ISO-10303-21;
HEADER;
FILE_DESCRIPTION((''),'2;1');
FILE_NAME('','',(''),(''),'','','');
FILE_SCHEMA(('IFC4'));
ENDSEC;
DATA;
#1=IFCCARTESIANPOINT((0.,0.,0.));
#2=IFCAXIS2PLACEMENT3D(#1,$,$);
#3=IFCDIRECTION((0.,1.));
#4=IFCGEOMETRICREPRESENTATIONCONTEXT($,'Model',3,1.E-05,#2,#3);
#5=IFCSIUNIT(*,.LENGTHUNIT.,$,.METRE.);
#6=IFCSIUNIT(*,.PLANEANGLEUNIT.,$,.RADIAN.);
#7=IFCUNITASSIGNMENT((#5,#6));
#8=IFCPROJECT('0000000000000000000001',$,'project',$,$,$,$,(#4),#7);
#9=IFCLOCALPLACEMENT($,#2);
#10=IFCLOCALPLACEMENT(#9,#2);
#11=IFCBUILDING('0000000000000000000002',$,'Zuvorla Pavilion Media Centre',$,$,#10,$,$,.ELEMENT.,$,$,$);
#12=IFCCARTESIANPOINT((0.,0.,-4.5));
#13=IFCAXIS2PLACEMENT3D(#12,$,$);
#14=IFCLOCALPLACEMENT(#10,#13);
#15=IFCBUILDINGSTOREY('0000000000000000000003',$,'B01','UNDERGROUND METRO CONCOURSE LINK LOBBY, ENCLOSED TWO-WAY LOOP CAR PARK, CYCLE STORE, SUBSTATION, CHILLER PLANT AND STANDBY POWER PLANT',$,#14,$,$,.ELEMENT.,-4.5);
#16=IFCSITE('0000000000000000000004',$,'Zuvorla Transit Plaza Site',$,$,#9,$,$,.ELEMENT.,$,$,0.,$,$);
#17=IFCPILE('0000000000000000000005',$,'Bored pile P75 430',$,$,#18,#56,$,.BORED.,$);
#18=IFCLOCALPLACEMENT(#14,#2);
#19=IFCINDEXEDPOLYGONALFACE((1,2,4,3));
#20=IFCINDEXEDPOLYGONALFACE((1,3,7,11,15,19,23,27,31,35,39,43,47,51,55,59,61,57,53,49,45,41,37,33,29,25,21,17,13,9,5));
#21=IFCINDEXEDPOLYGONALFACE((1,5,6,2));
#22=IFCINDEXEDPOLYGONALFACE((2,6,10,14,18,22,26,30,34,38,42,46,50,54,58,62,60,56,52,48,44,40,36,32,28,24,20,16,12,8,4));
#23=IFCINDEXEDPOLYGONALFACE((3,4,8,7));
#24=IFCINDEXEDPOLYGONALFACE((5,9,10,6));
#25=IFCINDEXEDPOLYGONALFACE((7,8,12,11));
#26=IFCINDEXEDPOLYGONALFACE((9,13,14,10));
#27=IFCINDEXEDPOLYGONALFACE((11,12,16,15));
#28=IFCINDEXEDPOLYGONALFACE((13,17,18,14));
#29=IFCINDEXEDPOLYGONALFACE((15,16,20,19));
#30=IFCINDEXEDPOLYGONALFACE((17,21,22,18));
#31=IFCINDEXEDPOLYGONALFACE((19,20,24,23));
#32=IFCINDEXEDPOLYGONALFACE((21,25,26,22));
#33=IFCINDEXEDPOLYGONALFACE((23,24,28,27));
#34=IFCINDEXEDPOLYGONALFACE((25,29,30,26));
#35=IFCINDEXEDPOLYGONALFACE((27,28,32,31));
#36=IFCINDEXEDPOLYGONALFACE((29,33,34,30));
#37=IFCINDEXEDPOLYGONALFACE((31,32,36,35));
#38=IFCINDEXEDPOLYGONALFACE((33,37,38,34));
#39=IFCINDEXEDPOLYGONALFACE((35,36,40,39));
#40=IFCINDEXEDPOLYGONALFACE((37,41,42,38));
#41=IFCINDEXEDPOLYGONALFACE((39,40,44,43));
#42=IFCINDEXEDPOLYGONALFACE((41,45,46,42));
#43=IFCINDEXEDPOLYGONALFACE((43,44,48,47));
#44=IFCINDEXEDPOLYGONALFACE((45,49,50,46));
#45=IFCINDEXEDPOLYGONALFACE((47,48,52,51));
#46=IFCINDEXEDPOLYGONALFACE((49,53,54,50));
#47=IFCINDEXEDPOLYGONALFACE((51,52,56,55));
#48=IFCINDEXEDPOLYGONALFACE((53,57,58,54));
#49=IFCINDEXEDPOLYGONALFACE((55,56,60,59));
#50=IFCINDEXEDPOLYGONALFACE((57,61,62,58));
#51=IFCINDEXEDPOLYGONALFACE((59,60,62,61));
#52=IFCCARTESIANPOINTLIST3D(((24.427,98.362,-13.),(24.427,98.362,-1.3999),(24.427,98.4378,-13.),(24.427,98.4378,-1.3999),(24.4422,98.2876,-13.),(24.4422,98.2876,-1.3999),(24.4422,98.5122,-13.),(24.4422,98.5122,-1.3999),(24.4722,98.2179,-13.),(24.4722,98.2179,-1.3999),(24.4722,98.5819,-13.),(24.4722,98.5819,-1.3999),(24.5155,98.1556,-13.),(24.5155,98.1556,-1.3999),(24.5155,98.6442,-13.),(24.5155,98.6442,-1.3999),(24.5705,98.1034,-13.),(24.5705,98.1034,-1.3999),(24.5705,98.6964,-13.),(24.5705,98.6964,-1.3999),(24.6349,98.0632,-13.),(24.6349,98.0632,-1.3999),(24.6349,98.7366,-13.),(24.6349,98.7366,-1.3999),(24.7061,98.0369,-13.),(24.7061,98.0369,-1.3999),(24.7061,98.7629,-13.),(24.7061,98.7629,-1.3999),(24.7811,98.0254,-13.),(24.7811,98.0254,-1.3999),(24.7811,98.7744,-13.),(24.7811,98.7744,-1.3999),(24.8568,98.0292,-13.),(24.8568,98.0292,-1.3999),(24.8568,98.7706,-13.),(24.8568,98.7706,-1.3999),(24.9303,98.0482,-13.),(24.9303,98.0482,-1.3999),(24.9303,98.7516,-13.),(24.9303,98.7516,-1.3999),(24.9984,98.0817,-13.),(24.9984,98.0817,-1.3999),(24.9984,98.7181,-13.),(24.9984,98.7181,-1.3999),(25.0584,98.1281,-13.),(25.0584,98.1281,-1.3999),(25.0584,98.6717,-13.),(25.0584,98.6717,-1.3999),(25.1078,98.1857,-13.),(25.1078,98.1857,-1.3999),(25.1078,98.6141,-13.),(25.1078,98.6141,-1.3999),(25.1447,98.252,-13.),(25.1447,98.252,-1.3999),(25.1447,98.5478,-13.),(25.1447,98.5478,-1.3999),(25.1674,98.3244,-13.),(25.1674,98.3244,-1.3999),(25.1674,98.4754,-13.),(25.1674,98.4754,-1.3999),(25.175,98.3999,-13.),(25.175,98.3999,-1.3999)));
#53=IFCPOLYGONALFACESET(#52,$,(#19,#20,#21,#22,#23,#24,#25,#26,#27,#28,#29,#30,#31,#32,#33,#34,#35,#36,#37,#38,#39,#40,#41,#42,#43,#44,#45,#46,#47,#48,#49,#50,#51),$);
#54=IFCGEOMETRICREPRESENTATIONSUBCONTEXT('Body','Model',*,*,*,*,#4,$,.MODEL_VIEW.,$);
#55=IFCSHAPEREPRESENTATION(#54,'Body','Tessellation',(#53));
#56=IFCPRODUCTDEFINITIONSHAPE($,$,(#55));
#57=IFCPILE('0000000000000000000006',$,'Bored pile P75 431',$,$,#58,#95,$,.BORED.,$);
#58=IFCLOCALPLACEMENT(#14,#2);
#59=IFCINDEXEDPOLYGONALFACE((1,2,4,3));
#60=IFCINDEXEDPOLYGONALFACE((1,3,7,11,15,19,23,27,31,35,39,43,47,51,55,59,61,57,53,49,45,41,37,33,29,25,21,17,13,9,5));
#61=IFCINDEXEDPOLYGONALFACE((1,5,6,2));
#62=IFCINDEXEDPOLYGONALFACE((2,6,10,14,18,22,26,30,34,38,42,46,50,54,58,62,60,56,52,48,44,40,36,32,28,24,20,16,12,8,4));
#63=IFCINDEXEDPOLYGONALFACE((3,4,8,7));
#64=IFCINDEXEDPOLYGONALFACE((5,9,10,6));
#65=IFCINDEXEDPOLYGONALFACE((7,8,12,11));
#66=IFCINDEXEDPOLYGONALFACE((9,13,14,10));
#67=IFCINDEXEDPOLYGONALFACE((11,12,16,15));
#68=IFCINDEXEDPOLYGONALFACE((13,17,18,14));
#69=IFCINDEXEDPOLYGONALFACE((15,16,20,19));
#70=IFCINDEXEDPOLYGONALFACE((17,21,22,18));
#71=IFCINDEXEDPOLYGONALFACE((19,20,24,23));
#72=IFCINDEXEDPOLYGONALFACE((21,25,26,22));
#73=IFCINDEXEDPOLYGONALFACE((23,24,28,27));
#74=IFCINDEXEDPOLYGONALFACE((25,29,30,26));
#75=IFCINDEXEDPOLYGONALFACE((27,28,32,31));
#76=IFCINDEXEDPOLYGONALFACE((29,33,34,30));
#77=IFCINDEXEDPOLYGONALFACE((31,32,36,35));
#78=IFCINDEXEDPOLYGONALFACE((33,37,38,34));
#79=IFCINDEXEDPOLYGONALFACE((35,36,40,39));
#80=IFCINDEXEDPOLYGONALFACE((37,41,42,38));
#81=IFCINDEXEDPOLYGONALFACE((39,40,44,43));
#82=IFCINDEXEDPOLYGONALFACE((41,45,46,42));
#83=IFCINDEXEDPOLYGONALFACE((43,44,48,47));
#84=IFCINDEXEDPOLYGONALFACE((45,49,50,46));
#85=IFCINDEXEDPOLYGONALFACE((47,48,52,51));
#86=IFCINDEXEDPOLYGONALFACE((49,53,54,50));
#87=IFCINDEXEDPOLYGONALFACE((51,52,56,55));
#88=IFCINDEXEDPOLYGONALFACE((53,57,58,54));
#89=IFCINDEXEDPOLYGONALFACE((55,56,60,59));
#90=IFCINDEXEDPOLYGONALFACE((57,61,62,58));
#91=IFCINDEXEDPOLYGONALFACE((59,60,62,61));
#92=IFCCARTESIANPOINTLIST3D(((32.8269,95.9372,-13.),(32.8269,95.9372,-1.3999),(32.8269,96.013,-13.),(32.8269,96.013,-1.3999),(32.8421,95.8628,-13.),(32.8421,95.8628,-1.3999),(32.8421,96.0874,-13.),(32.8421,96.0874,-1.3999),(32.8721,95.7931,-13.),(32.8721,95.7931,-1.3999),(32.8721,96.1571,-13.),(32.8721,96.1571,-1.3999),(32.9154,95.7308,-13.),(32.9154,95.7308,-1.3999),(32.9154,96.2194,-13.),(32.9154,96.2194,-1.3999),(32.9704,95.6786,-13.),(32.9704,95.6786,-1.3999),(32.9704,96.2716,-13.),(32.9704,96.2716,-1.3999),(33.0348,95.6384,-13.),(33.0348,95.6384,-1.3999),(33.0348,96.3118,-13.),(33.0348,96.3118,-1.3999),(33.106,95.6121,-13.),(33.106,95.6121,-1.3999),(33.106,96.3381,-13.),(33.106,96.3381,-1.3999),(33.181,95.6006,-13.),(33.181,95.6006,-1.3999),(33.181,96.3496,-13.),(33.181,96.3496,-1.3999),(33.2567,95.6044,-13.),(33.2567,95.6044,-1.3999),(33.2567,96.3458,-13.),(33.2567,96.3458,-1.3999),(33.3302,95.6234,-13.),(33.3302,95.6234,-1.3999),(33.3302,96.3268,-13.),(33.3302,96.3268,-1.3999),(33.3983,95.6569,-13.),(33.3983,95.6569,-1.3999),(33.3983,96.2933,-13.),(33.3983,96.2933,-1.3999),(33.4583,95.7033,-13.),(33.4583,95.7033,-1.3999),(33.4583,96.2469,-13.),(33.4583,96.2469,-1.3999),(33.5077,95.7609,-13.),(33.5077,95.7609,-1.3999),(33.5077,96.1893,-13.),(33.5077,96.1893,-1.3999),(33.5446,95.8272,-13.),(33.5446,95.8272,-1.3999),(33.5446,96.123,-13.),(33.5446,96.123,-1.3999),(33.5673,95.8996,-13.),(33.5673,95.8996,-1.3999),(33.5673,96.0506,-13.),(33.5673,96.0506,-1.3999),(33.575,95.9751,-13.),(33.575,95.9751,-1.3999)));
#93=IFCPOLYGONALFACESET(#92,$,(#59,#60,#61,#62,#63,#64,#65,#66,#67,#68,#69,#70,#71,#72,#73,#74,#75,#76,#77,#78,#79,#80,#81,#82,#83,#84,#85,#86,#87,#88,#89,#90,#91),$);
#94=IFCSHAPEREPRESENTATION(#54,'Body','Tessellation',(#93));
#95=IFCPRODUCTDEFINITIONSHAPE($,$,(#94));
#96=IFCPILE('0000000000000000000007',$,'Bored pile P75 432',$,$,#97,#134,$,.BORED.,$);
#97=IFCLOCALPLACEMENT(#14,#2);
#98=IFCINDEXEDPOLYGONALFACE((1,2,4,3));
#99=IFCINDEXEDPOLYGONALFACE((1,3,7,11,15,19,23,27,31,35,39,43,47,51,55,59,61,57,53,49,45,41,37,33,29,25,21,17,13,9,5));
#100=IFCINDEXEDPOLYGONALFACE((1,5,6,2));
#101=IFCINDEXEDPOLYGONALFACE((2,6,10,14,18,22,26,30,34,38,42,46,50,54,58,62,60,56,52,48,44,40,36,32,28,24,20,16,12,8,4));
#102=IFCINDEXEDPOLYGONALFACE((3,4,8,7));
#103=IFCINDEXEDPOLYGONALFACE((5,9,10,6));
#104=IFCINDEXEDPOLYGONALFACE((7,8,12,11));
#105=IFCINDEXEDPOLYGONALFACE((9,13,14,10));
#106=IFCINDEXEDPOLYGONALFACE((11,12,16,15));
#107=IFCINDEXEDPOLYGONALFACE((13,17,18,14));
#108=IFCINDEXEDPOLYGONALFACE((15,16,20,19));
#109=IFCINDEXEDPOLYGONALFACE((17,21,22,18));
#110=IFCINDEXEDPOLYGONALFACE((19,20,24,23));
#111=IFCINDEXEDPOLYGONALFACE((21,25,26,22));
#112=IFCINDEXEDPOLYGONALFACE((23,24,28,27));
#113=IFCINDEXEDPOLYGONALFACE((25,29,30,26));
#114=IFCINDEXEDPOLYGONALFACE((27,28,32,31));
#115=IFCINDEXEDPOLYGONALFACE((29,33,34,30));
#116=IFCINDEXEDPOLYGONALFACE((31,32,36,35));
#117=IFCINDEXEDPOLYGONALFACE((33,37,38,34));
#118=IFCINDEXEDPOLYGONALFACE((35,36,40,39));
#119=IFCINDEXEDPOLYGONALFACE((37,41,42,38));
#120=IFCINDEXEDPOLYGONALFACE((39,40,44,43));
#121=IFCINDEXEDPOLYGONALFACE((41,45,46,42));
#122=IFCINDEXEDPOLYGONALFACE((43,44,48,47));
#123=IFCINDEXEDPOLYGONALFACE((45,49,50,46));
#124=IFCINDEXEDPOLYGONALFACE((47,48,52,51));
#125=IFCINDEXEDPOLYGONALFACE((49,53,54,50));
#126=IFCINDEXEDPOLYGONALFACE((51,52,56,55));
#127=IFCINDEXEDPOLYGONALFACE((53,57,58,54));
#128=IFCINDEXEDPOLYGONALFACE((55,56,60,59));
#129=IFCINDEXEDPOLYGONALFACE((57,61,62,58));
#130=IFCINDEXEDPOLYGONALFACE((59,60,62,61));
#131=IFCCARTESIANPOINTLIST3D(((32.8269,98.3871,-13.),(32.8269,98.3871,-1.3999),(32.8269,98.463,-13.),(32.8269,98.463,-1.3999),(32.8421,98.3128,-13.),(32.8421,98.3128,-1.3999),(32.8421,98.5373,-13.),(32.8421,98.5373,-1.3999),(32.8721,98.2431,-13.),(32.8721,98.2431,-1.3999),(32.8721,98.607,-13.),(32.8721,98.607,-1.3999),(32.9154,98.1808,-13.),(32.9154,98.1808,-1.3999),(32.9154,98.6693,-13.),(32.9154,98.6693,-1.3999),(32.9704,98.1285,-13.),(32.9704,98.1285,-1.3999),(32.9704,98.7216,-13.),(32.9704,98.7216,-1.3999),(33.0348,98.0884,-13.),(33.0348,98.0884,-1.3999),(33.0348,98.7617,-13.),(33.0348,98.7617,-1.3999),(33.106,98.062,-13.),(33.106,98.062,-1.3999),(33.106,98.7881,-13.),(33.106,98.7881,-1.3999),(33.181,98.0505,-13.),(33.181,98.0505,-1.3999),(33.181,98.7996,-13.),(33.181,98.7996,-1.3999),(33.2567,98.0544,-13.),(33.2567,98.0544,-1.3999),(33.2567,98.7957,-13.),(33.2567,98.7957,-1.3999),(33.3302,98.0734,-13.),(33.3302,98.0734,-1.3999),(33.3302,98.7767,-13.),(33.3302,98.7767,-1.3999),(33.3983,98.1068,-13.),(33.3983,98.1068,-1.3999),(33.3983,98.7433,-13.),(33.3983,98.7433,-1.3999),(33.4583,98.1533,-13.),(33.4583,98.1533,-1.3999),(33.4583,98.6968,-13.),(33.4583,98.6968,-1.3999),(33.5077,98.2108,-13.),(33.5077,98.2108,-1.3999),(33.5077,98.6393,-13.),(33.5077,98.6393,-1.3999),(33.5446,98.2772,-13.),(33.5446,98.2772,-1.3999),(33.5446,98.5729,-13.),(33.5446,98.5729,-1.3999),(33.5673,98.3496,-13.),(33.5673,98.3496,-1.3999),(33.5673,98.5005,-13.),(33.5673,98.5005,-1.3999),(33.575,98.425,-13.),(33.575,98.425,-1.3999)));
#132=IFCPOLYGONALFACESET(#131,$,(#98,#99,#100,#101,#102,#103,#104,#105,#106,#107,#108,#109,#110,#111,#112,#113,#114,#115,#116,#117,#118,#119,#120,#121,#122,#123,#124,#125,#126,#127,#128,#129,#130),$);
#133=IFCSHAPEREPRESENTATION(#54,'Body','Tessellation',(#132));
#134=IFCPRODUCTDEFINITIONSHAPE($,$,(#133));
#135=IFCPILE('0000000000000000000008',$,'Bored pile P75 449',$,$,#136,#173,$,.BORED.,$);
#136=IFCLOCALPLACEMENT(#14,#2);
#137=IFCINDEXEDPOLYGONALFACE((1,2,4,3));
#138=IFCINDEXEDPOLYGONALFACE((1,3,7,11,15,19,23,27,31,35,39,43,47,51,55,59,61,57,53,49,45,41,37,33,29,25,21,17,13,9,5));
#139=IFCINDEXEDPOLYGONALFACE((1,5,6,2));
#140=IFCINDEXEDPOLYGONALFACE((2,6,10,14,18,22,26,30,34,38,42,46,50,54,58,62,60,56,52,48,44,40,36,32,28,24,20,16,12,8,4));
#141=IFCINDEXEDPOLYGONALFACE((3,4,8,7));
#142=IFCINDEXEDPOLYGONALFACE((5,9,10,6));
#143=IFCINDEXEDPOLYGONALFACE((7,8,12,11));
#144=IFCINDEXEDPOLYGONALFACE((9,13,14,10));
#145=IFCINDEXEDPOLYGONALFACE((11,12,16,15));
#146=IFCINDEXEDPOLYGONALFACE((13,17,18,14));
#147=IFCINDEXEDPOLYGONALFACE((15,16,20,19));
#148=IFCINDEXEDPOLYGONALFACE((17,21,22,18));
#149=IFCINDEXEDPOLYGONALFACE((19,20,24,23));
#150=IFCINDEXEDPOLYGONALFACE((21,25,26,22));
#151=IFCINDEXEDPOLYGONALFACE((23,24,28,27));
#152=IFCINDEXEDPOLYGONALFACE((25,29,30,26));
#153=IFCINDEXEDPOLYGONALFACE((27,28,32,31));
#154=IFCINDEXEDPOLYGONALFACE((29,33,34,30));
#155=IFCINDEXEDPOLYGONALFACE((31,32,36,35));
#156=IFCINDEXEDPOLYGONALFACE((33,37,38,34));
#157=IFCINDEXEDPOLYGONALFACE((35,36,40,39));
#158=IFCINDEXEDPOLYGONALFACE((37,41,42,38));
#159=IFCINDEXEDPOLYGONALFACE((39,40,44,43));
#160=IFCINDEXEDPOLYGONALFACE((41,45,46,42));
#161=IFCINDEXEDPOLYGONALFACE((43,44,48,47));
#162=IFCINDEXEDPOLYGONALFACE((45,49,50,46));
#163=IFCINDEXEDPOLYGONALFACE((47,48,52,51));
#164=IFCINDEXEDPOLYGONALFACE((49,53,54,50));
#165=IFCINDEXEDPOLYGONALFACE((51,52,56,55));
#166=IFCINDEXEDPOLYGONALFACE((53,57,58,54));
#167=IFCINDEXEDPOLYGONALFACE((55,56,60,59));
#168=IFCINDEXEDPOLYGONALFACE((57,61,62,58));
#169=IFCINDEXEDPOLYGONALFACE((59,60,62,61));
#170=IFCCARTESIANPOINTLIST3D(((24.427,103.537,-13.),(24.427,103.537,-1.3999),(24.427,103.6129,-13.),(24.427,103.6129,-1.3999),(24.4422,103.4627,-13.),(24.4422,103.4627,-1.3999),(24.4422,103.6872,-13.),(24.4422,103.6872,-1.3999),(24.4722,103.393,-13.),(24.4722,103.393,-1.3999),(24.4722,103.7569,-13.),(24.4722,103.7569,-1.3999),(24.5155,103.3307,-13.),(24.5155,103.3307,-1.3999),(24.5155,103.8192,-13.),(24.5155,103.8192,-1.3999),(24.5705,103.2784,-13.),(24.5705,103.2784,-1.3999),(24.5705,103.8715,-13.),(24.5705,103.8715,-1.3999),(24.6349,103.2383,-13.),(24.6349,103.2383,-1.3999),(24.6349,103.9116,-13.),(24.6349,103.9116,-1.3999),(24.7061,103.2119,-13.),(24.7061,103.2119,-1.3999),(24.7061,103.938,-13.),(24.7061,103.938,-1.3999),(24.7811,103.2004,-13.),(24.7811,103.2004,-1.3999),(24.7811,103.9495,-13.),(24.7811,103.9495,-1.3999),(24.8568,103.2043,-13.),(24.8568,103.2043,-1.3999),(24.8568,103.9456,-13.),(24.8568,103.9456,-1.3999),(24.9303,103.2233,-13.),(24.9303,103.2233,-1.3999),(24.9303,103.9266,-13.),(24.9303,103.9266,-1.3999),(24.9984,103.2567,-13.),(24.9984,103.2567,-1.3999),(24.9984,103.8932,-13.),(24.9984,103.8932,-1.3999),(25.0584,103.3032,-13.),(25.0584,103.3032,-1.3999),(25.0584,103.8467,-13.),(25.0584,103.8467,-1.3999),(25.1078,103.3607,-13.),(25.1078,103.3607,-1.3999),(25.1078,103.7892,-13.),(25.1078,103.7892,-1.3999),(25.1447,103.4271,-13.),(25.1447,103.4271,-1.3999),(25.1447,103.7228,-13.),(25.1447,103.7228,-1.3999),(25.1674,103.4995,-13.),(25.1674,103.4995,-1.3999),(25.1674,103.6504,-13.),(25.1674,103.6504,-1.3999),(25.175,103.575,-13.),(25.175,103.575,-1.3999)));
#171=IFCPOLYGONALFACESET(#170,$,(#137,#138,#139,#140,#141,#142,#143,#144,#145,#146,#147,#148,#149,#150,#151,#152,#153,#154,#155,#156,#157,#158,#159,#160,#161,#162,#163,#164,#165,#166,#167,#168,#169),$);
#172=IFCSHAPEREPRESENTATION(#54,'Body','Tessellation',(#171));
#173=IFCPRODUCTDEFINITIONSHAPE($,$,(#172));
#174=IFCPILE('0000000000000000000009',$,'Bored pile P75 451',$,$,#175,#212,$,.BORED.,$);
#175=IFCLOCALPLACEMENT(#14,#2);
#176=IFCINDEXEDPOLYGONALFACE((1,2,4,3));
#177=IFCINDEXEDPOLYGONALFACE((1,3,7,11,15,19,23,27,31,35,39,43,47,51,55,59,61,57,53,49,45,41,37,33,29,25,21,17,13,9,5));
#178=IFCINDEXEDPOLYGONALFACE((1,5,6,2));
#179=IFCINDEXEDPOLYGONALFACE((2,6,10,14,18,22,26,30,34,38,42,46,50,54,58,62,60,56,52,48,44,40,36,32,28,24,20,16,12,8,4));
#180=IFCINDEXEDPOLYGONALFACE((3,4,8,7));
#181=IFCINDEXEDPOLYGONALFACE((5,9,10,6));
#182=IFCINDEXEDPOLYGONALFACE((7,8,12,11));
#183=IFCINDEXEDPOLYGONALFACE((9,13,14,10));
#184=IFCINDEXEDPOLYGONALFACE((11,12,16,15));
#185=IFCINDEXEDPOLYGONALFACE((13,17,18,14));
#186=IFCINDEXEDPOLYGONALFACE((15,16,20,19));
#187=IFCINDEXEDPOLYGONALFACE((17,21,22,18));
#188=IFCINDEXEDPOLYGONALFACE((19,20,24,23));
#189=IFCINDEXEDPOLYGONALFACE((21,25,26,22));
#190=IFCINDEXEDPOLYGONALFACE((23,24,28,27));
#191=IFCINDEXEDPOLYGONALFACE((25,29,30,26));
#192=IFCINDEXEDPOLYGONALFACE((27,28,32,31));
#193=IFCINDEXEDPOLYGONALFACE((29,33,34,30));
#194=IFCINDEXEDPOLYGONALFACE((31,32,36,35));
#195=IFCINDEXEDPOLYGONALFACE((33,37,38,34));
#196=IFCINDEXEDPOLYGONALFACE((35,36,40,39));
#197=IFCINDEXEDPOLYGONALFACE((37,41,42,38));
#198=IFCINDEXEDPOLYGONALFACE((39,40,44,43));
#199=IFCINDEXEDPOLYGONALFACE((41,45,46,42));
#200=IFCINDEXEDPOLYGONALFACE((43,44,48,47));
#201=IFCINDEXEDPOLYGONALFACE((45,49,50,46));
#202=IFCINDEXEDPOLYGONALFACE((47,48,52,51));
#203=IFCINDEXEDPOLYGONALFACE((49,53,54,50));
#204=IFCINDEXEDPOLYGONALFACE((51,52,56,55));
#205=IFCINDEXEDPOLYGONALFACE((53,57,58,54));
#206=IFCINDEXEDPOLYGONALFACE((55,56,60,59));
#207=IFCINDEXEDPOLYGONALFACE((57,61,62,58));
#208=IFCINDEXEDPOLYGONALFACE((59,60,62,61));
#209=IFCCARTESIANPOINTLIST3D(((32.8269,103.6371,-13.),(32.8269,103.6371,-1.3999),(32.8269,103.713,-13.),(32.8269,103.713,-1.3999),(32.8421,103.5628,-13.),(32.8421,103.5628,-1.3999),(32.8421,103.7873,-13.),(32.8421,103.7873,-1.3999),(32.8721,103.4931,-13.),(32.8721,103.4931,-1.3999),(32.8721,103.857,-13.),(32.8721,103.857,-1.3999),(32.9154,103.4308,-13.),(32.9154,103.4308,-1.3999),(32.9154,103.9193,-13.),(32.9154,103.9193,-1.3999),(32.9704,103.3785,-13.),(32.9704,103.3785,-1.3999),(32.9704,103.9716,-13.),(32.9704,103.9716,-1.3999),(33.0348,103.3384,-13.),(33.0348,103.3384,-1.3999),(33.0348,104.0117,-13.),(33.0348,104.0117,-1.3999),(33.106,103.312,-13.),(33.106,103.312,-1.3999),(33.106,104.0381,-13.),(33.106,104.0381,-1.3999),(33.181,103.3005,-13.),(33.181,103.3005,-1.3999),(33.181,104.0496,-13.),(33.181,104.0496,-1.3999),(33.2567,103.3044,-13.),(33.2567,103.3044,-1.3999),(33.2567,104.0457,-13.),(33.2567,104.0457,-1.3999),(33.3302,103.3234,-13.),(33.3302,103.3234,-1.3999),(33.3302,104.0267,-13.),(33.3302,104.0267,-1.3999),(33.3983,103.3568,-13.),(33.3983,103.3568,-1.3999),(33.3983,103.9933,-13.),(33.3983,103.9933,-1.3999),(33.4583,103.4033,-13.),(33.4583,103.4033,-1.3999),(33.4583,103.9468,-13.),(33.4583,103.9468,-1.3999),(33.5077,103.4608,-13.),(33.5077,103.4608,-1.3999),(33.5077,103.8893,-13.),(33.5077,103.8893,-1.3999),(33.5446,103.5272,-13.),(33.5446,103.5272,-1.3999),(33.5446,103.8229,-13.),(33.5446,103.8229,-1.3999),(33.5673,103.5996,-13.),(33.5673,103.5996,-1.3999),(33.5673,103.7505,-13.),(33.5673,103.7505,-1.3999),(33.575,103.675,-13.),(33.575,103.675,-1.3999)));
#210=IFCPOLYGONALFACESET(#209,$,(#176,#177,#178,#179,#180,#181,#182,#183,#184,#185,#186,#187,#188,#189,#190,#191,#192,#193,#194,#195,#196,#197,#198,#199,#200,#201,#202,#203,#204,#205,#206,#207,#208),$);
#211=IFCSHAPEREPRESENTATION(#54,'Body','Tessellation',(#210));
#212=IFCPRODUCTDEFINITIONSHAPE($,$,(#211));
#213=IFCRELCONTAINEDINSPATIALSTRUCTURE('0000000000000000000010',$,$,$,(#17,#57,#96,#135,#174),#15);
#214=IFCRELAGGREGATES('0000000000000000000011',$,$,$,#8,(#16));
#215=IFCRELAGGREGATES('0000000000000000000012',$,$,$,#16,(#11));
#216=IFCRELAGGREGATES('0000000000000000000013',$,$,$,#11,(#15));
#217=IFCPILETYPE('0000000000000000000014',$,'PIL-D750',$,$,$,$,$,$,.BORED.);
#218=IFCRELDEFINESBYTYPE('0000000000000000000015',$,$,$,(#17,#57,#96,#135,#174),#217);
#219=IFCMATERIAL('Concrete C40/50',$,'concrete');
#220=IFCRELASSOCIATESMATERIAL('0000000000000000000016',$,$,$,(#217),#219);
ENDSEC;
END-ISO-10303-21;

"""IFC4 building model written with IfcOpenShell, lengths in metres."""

from ifc_helpers import new_model, si_unit, direction, frame, origin, origin_2d, place, context, subcontext, project, spatial, circle, extrude, material, material_profile, profile_set, type_object, element, save


model = new_model("IFC4")

# Units and contexts
model_context = context("Model", 3, precision=1e-05, world=origin(), true_north=direction((0.0, 1.0)))
body_context = subcontext(model_context, "Body", "Model", "MODEL_VIEW")
ifc_project = project(units=[si_unit("LENGTHUNIT", "METRE"), si_unit("PLANEANGLEUNIT", "RADIAN")], contexts=[model_context])

# Site, building, storey
site_placement = place(None, origin())
site = spatial("IfcSite", under=ifc_project, at=site_placement, Name="Zuvorla Transit Plaza Site", CompositionType="ELEMENT", RefElevation=0.0)
building_placement = place(site_placement, origin())
building = spatial("IfcBuilding", under=site, at=building_placement, Name="Zuvorla Pavilion Media Centre", CompositionType="ELEMENT")
storey_placement = place(building_placement, frame((0.0, 0.0, -4.5)))
storey = spatial("IfcBuildingStorey", under=building, at=storey_placement, Name="B01", Description="UNDERGROUND METRO CONCOURSE LINK LOBBY, ENCLOSED TWO-WAY LOOP CAR PARK, CYCLE STORE, SUBSTATION, CHILLER PLANT AND STANDBY POWER PLANT", CompositionType="ELEMENT", Elevation=-4.5)

# Shared definitions
ifc_material = material(Name="Concrete C40/50", Category="concrete")

# Piles
ifc_material_profile_1 = material_profile(ifc_material, circle(Radius=0.375, at=origin_2d()), Name="BORED PILE 750")
ifc_profile_set_1 = profile_set([ifc_material_profile_1], Name="Concrete C40/50")
pile_type_1 = type_object("IfcPileType", Name="PIL-D750", PredefinedType="BORED", material=ifc_profile_set_1)
for number, where, z_axis, x_axis, name in (
    (1, (24.8, 98.3999, -1.3999), (0.0, 0.0, -1.0), (1.0, 0.0, 0.0), "Bored pile P75 430"),
    (2, (33.2, 95.9751, -1.3999), (0.0, 0.0, -1.0), (1.0, 0.0, 0.0), "Bored pile P75 431"),
    (3, (33.2, 98.425, -1.3999), (0.0, 0.0, -1.0), (1.0, 0.0, 0.0), "Bored pile P75 432"),
    (4, (24.8, 103.575, -1.3999), (0.0, 0.0, -1.0), (1.0, 0.0, 0.0), "Bored pile P75 449"),
    (5, (33.2, 103.675, -1.3999), (0.0, 0.0, -1.0), (1.0, 0.0, 0.0), "Bored pile P75 451"),
):
    element("IfcPile", number, at=place(storey_placement, frame(where, z_axis=z_axis, x_axis=x_axis)), inside=storey, type_object=pile_type_1, Name=name, PredefinedType="BORED", context=body_context, shape_type="SweptSolid", body=[
        extrude(circle(Radius=0.375, at=origin_2d()), origin(), (0.0, 0.0, 1.0), 11.6001),
    ])

save(model, "model.ifc")
